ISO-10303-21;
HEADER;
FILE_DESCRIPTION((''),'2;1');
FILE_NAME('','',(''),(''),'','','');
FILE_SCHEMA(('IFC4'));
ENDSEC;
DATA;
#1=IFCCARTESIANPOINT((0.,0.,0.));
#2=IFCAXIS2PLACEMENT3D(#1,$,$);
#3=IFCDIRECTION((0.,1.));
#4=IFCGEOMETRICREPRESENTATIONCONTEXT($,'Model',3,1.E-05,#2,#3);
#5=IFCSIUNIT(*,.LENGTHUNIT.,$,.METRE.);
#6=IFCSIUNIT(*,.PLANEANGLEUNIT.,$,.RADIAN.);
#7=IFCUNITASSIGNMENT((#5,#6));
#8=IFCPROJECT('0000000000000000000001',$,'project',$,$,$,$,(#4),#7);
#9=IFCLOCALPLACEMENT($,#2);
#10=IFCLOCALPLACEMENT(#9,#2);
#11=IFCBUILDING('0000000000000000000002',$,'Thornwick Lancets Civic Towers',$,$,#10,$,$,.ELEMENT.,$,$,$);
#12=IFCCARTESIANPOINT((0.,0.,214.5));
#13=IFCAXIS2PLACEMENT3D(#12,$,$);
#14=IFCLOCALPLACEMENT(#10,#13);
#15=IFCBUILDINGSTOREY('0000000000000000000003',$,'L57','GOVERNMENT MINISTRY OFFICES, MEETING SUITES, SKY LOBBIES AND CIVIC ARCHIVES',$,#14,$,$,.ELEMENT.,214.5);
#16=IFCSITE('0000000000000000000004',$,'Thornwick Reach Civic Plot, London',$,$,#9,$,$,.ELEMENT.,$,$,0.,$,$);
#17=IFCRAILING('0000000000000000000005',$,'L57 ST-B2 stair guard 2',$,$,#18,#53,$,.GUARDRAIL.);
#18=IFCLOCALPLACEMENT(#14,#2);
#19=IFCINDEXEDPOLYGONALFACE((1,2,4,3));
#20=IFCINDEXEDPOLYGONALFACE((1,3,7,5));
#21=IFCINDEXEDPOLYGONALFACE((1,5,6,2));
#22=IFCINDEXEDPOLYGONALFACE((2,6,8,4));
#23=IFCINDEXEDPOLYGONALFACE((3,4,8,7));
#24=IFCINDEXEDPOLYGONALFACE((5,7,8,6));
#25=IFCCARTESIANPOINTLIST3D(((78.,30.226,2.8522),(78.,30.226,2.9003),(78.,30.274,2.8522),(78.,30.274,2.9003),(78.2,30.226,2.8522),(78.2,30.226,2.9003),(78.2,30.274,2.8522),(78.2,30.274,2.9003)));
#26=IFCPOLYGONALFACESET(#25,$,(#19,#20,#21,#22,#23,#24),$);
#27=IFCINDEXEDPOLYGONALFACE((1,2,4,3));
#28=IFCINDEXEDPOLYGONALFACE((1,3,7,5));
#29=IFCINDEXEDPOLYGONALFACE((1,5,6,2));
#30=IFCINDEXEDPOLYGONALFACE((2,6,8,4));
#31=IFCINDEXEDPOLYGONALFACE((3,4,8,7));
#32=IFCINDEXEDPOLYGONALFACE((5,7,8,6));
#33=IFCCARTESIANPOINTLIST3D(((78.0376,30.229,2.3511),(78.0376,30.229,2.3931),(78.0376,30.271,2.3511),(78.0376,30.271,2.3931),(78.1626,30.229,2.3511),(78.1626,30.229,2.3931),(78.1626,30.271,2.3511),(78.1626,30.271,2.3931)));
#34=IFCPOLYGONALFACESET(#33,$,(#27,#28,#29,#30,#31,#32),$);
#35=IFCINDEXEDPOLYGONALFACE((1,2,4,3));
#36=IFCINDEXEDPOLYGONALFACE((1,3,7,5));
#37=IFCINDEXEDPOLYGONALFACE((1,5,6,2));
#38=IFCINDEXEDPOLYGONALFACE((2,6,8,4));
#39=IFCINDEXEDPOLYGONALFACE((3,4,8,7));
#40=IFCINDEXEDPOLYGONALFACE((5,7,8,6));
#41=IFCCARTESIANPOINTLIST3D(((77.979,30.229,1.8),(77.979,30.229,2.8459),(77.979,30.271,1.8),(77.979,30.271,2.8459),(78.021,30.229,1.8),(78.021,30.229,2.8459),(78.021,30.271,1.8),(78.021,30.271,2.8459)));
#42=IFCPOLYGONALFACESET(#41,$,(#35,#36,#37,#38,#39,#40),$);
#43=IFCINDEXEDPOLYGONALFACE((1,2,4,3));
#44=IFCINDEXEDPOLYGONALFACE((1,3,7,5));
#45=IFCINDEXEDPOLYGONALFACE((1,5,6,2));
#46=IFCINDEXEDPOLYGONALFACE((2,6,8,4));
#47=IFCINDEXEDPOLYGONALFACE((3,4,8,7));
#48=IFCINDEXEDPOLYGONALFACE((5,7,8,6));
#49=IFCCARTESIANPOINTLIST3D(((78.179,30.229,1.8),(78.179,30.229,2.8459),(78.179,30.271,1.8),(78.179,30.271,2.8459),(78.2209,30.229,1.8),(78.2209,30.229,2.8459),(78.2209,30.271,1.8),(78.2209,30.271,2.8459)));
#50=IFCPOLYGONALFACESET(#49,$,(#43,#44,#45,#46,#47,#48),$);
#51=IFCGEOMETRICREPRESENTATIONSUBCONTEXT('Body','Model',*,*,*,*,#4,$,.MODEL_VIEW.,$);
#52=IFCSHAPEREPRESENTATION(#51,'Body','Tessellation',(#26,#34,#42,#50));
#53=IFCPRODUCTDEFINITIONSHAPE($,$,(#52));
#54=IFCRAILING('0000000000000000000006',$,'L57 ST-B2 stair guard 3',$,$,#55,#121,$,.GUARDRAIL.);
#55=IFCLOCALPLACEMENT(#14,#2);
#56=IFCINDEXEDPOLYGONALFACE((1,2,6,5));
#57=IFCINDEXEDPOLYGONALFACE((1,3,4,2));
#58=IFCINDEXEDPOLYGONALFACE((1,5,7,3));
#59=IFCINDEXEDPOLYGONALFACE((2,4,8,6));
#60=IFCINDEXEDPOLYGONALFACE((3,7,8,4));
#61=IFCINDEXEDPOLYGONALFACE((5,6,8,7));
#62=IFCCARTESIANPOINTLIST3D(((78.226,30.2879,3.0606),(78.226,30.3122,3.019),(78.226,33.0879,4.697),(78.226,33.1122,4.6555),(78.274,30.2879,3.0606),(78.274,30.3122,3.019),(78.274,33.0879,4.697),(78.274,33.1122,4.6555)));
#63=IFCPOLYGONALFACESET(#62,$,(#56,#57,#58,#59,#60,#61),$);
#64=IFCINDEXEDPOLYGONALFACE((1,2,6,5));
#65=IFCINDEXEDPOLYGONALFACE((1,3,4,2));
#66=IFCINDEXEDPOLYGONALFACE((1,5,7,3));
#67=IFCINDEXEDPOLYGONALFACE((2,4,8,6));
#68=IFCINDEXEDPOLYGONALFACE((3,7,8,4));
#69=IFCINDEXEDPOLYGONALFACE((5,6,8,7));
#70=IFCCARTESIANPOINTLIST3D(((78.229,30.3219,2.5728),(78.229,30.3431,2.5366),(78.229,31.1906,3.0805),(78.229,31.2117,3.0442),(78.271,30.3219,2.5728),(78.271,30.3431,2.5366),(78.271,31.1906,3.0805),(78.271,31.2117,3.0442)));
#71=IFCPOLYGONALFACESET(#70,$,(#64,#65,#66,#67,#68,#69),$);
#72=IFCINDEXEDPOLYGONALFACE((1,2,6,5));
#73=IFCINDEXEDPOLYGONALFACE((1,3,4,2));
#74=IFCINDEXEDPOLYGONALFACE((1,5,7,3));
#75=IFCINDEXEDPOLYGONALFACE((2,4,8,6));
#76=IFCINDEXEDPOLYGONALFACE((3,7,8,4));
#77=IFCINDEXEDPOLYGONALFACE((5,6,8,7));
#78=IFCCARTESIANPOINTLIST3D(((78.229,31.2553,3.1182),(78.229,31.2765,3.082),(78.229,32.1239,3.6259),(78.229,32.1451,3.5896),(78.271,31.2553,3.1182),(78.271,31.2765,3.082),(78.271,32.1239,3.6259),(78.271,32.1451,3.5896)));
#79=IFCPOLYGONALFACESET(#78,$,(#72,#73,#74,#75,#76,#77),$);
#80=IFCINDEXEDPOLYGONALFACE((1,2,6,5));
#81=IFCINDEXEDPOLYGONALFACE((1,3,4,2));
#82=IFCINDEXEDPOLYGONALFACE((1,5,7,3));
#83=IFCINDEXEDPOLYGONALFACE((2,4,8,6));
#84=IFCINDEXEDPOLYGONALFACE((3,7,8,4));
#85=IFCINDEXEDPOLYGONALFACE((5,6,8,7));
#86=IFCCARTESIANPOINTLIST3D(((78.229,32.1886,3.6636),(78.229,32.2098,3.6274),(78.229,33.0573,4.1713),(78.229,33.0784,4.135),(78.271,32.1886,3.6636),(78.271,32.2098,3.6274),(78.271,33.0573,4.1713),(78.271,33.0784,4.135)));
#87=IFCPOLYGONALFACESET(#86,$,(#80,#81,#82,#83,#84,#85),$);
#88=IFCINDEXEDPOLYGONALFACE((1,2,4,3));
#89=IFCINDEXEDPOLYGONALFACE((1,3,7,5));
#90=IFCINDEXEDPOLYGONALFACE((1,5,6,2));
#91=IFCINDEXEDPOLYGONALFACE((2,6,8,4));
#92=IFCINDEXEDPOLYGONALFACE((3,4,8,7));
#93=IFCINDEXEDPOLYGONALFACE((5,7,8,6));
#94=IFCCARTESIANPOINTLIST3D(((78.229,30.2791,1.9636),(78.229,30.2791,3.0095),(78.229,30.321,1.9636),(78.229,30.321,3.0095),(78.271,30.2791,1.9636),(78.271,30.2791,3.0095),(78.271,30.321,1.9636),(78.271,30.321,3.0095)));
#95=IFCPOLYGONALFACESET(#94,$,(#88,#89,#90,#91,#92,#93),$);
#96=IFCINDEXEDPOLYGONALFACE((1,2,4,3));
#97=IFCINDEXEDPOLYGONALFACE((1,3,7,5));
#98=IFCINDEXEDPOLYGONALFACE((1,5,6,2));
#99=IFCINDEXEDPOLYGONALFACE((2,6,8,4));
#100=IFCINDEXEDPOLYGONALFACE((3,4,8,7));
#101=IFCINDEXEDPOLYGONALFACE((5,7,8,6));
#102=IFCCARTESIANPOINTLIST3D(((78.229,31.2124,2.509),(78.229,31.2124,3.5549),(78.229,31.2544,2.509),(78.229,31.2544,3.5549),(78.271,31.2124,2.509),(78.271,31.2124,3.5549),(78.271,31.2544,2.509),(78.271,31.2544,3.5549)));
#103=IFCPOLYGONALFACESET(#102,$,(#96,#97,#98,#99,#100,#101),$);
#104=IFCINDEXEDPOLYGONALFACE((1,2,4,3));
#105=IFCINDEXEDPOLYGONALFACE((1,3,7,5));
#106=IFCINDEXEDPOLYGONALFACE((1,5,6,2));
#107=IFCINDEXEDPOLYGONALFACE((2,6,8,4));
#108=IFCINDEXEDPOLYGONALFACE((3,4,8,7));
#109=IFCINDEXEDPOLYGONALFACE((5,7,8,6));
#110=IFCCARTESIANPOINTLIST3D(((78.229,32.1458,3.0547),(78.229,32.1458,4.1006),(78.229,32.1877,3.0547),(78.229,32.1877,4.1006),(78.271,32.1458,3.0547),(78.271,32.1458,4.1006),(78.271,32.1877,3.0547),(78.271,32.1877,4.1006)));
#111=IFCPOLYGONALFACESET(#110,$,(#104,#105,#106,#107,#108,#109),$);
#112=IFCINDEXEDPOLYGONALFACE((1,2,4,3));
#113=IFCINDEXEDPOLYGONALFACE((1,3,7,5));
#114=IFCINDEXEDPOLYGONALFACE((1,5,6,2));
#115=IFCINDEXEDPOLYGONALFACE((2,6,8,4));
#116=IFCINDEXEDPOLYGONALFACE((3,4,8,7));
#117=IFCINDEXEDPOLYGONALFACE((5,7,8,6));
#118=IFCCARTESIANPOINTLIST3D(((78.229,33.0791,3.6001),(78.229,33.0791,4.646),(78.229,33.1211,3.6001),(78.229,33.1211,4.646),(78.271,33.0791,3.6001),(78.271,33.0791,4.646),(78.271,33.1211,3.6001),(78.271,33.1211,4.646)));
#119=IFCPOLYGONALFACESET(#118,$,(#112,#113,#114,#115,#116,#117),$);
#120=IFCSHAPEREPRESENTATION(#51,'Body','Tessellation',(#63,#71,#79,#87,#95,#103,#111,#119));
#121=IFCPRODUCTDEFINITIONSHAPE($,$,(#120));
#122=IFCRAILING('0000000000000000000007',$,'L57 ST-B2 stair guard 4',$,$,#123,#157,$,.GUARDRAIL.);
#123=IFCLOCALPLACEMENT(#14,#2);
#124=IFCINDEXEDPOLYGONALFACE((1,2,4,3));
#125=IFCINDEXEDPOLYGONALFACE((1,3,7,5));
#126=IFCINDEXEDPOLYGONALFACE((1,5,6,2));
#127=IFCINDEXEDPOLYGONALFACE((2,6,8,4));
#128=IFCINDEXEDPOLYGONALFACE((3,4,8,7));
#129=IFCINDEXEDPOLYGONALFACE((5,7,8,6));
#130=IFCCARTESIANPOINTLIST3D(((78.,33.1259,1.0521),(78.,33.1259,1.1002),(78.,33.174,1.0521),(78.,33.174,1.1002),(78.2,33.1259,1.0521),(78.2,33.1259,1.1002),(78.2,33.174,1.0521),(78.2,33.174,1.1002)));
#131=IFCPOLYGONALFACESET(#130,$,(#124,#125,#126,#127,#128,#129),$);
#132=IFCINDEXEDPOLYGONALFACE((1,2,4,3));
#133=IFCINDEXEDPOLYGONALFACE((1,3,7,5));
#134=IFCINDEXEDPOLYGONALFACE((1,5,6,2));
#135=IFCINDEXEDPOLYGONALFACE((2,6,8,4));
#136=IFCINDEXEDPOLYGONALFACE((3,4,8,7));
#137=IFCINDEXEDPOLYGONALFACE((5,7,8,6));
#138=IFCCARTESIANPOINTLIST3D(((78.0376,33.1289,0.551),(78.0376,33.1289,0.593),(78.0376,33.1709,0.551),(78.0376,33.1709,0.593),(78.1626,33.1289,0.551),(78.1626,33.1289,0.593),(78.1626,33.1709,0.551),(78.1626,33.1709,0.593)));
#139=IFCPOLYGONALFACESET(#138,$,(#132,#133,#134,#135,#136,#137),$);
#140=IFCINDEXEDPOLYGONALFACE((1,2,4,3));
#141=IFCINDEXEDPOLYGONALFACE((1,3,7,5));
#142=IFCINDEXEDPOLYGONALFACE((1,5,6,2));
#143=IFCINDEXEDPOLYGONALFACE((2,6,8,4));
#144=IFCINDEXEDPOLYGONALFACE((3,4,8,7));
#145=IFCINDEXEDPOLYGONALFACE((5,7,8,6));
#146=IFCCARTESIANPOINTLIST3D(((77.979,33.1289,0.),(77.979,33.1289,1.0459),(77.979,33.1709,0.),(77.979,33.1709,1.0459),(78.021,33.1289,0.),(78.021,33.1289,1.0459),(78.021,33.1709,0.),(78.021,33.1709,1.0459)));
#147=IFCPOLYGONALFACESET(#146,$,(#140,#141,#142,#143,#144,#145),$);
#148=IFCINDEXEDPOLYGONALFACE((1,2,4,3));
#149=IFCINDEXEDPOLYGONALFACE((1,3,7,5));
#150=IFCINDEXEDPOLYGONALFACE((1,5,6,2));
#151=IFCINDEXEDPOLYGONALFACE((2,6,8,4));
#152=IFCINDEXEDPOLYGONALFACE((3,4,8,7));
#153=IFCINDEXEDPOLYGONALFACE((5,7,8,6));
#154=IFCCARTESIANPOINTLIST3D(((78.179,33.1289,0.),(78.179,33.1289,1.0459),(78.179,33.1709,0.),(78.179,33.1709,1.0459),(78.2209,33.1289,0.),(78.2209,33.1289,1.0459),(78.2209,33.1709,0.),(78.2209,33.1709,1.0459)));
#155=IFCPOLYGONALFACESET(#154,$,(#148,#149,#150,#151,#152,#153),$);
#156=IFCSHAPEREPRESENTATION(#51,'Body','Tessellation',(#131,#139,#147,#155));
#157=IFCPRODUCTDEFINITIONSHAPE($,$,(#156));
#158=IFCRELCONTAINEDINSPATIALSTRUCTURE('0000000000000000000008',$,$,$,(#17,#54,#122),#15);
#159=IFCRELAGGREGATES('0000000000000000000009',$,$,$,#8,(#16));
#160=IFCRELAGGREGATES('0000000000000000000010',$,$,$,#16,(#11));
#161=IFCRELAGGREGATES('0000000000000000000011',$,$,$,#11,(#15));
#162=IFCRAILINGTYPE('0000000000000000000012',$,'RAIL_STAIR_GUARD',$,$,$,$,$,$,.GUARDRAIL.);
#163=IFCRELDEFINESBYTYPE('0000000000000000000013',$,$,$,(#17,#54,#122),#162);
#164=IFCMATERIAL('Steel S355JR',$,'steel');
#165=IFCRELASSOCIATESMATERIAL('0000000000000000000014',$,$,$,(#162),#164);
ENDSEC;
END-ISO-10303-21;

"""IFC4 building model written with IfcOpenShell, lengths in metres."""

from ifc_helpers import new_model, si_unit, direction, frame, origin, origin_2d, place, context, subcontext, project, spatial, rectangle, extrude, material, type_object, element, save


model = new_model("IFC4")

# Units and contexts
model_context = context("Model", 3, precision=1e-05, world=origin(), true_north=direction((0.0, 1.0)))
body_context = subcontext(model_context, "Body", "Model", "MODEL_VIEW")
ifc_project = project(units=[si_unit("LENGTHUNIT", "METRE"), si_unit("PLANEANGLEUNIT", "RADIAN")], contexts=[model_context])

# Site, building, storey
site_placement = place(None, origin())
site = spatial("IfcSite", under=ifc_project, at=site_placement, Name="Thornwick Reach Civic Plot, London", CompositionType="ELEMENT", RefElevation=0.0)
building_placement = place(site_placement, origin())
building = spatial("IfcBuilding", under=site, at=building_placement, Name="Thornwick Lancets Civic Towers", CompositionType="ELEMENT")
storey_placement = place(building_placement, frame((0.0, 0.0, 214.5)))
storey = spatial("IfcBuildingStorey", under=building, at=storey_placement, Name="L57", Description="GOVERNMENT MINISTRY OFFICES, MEETING SUITES, SKY LOBBIES AND CIVIC ARCHIVES", CompositionType="ELEMENT", Elevation=214.5)

# Railings
ifc_material_1 = material(Name="Steel S355JR", Category="steel")
railing_type_1 = type_object("IfcRailingType", Name="RAIL_STAIR_GUARD", PredefinedType="GUARDRAIL", material=ifc_material_1)
railing_1_placement = place(storey_placement, frame((78.0, 30.25, 1.8)))
element("IfcRailing", 1, at=railing_1_placement, inside=storey, type_object=railing_type_1, Name="L57 ST-B2 stair guard 2", PredefinedType="GUARDRAIL", context=body_context, shape_type="SweptSolid", body=[
    extrude(rectangle(XDim=0.0481, YDim=0.0481, at=origin_2d()), frame((0.0, 0.0, 1.0762), z_axis=(1.0, 0.0, 0.0), x_axis=(0.0, 1.0, 0.0)), (0.0, 0.0, 1.0), 0.2),
    extrude(rectangle(XDim=0.042, YDim=0.042, at=origin_2d()), frame((0.0376, 0.0, 0.572), z_axis=(1.0, 0.0, 0.0), x_axis=(0.0, 1.0, 0.0)), (0.0, 0.0, 1.0), 0.125),
    extrude(rectangle(XDim=0.042, YDim=0.042, at=origin_2d()), origin(), (0.0, 0.0, 1.0), 1.0459),
    extrude(rectangle(XDim=0.042, YDim=0.042, at=origin_2d()), frame((0.2, 0.0, 0.0)), (0.0, 0.0, 1.0), 1.0459),
])
railing_2_placement = place(storey_placement, frame((78.25, 30.3, 1.9636)))
element("IfcRailing", 2, at=railing_2_placement, inside=storey, type_object=railing_type_1, Name="L57 ST-B2 stair guard 3", PredefinedType="GUARDRAIL", context=body_context, shape_type="SweptSolid", body=[
    extrude(rectangle(XDim=0.0481, YDim=0.0481, at=origin_2d()), frame((0.0, 0.0, 1.0762), z_axis=(0.0, 0.863361, 0.504587), x_axis=(-1.0, 0.0, 0.0)), (0.0, 0.0, 1.0), 3.2432),
    extrude(rectangle(XDim=0.042, YDim=0.042, at=origin_2d()), frame((0.0, 0.0325, 0.5911), z_axis=(0.0, 0.863361, 0.504587), x_axis=(-1.0, 0.0, 0.0)), (0.0, 0.0, 1.0), 1.0061),
    extrude(rectangle(XDim=0.042, YDim=0.042, at=origin_2d()), frame((0.0, 0.9658, 1.1365), z_axis=(0.0, 0.863361, 0.504587), x_axis=(-1.0, 0.0, 0.0)), (0.0, 0.0, 1.0), 1.0061),
    extrude(rectangle(XDim=0.042, YDim=0.042, at=origin_2d()), frame((0.0, 1.8992, 1.6819), z_axis=(0.0, 0.863361, 0.504587), x_axis=(-1.0, 0.0, 0.0)), (0.0, 0.0, 1.0), 1.0061),
    extrude(rectangle(XDim=0.042, YDim=0.042, at=origin_2d()), origin(), (0.0, 0.0, 1.0), 1.0459),
    extrude(rectangle(XDim=0.042, YDim=0.042, at=origin_2d()), frame((0.0, 0.9333, 0.5454)), (0.0, 0.0, 1.0), 1.0459),
    extrude(rectangle(XDim=0.042, YDim=0.042, at=origin_2d()), frame((0.0, 1.8667, 1.0911)), (0.0, 0.0, 1.0), 1.0459),
    extrude(rectangle(XDim=0.042, YDim=0.042, at=origin_2d()), frame((0.0, 2.8, 1.6365)), (0.0, 0.0, 1.0), 1.0459),
])
railing_3_placement = place(storey_placement, frame((78.0, 33.1499, 0.0)))
element("IfcRailing", 3, at=railing_3_placement, inside=storey, type_object=railing_type_1, Name="L57 ST-B2 stair guard 4", PredefinedType="GUARDRAIL", context=body_context, shape_type="SweptSolid", body=[
    extrude(rectangle(XDim=0.0481, YDim=0.0481, at=origin_2d()), frame((0.0, 0.0, 1.0762), z_axis=(1.0, 0.0, 0.0), x_axis=(0.0, 1.0, 0.0)), (0.0, 0.0, 1.0), 0.2),
    extrude(rectangle(XDim=0.042, YDim=0.042, at=origin_2d()), frame((0.0376, 0.0, 0.572), z_axis=(1.0, 0.0, 0.0), x_axis=(0.0, 1.0, 0.0)), (0.0, 0.0, 1.0), 0.125),
    extrude(rectangle(XDim=0.042, YDim=0.042, at=origin_2d()), origin(), (0.0, 0.0, 1.0), 1.0459),
    extrude(rectangle(XDim=0.042, YDim=0.042, at=origin_2d()), frame((0.2, 0.0, 0.0)), (0.0, 0.0, 1.0), 1.0459),
])

save(model, "model.ifc")
